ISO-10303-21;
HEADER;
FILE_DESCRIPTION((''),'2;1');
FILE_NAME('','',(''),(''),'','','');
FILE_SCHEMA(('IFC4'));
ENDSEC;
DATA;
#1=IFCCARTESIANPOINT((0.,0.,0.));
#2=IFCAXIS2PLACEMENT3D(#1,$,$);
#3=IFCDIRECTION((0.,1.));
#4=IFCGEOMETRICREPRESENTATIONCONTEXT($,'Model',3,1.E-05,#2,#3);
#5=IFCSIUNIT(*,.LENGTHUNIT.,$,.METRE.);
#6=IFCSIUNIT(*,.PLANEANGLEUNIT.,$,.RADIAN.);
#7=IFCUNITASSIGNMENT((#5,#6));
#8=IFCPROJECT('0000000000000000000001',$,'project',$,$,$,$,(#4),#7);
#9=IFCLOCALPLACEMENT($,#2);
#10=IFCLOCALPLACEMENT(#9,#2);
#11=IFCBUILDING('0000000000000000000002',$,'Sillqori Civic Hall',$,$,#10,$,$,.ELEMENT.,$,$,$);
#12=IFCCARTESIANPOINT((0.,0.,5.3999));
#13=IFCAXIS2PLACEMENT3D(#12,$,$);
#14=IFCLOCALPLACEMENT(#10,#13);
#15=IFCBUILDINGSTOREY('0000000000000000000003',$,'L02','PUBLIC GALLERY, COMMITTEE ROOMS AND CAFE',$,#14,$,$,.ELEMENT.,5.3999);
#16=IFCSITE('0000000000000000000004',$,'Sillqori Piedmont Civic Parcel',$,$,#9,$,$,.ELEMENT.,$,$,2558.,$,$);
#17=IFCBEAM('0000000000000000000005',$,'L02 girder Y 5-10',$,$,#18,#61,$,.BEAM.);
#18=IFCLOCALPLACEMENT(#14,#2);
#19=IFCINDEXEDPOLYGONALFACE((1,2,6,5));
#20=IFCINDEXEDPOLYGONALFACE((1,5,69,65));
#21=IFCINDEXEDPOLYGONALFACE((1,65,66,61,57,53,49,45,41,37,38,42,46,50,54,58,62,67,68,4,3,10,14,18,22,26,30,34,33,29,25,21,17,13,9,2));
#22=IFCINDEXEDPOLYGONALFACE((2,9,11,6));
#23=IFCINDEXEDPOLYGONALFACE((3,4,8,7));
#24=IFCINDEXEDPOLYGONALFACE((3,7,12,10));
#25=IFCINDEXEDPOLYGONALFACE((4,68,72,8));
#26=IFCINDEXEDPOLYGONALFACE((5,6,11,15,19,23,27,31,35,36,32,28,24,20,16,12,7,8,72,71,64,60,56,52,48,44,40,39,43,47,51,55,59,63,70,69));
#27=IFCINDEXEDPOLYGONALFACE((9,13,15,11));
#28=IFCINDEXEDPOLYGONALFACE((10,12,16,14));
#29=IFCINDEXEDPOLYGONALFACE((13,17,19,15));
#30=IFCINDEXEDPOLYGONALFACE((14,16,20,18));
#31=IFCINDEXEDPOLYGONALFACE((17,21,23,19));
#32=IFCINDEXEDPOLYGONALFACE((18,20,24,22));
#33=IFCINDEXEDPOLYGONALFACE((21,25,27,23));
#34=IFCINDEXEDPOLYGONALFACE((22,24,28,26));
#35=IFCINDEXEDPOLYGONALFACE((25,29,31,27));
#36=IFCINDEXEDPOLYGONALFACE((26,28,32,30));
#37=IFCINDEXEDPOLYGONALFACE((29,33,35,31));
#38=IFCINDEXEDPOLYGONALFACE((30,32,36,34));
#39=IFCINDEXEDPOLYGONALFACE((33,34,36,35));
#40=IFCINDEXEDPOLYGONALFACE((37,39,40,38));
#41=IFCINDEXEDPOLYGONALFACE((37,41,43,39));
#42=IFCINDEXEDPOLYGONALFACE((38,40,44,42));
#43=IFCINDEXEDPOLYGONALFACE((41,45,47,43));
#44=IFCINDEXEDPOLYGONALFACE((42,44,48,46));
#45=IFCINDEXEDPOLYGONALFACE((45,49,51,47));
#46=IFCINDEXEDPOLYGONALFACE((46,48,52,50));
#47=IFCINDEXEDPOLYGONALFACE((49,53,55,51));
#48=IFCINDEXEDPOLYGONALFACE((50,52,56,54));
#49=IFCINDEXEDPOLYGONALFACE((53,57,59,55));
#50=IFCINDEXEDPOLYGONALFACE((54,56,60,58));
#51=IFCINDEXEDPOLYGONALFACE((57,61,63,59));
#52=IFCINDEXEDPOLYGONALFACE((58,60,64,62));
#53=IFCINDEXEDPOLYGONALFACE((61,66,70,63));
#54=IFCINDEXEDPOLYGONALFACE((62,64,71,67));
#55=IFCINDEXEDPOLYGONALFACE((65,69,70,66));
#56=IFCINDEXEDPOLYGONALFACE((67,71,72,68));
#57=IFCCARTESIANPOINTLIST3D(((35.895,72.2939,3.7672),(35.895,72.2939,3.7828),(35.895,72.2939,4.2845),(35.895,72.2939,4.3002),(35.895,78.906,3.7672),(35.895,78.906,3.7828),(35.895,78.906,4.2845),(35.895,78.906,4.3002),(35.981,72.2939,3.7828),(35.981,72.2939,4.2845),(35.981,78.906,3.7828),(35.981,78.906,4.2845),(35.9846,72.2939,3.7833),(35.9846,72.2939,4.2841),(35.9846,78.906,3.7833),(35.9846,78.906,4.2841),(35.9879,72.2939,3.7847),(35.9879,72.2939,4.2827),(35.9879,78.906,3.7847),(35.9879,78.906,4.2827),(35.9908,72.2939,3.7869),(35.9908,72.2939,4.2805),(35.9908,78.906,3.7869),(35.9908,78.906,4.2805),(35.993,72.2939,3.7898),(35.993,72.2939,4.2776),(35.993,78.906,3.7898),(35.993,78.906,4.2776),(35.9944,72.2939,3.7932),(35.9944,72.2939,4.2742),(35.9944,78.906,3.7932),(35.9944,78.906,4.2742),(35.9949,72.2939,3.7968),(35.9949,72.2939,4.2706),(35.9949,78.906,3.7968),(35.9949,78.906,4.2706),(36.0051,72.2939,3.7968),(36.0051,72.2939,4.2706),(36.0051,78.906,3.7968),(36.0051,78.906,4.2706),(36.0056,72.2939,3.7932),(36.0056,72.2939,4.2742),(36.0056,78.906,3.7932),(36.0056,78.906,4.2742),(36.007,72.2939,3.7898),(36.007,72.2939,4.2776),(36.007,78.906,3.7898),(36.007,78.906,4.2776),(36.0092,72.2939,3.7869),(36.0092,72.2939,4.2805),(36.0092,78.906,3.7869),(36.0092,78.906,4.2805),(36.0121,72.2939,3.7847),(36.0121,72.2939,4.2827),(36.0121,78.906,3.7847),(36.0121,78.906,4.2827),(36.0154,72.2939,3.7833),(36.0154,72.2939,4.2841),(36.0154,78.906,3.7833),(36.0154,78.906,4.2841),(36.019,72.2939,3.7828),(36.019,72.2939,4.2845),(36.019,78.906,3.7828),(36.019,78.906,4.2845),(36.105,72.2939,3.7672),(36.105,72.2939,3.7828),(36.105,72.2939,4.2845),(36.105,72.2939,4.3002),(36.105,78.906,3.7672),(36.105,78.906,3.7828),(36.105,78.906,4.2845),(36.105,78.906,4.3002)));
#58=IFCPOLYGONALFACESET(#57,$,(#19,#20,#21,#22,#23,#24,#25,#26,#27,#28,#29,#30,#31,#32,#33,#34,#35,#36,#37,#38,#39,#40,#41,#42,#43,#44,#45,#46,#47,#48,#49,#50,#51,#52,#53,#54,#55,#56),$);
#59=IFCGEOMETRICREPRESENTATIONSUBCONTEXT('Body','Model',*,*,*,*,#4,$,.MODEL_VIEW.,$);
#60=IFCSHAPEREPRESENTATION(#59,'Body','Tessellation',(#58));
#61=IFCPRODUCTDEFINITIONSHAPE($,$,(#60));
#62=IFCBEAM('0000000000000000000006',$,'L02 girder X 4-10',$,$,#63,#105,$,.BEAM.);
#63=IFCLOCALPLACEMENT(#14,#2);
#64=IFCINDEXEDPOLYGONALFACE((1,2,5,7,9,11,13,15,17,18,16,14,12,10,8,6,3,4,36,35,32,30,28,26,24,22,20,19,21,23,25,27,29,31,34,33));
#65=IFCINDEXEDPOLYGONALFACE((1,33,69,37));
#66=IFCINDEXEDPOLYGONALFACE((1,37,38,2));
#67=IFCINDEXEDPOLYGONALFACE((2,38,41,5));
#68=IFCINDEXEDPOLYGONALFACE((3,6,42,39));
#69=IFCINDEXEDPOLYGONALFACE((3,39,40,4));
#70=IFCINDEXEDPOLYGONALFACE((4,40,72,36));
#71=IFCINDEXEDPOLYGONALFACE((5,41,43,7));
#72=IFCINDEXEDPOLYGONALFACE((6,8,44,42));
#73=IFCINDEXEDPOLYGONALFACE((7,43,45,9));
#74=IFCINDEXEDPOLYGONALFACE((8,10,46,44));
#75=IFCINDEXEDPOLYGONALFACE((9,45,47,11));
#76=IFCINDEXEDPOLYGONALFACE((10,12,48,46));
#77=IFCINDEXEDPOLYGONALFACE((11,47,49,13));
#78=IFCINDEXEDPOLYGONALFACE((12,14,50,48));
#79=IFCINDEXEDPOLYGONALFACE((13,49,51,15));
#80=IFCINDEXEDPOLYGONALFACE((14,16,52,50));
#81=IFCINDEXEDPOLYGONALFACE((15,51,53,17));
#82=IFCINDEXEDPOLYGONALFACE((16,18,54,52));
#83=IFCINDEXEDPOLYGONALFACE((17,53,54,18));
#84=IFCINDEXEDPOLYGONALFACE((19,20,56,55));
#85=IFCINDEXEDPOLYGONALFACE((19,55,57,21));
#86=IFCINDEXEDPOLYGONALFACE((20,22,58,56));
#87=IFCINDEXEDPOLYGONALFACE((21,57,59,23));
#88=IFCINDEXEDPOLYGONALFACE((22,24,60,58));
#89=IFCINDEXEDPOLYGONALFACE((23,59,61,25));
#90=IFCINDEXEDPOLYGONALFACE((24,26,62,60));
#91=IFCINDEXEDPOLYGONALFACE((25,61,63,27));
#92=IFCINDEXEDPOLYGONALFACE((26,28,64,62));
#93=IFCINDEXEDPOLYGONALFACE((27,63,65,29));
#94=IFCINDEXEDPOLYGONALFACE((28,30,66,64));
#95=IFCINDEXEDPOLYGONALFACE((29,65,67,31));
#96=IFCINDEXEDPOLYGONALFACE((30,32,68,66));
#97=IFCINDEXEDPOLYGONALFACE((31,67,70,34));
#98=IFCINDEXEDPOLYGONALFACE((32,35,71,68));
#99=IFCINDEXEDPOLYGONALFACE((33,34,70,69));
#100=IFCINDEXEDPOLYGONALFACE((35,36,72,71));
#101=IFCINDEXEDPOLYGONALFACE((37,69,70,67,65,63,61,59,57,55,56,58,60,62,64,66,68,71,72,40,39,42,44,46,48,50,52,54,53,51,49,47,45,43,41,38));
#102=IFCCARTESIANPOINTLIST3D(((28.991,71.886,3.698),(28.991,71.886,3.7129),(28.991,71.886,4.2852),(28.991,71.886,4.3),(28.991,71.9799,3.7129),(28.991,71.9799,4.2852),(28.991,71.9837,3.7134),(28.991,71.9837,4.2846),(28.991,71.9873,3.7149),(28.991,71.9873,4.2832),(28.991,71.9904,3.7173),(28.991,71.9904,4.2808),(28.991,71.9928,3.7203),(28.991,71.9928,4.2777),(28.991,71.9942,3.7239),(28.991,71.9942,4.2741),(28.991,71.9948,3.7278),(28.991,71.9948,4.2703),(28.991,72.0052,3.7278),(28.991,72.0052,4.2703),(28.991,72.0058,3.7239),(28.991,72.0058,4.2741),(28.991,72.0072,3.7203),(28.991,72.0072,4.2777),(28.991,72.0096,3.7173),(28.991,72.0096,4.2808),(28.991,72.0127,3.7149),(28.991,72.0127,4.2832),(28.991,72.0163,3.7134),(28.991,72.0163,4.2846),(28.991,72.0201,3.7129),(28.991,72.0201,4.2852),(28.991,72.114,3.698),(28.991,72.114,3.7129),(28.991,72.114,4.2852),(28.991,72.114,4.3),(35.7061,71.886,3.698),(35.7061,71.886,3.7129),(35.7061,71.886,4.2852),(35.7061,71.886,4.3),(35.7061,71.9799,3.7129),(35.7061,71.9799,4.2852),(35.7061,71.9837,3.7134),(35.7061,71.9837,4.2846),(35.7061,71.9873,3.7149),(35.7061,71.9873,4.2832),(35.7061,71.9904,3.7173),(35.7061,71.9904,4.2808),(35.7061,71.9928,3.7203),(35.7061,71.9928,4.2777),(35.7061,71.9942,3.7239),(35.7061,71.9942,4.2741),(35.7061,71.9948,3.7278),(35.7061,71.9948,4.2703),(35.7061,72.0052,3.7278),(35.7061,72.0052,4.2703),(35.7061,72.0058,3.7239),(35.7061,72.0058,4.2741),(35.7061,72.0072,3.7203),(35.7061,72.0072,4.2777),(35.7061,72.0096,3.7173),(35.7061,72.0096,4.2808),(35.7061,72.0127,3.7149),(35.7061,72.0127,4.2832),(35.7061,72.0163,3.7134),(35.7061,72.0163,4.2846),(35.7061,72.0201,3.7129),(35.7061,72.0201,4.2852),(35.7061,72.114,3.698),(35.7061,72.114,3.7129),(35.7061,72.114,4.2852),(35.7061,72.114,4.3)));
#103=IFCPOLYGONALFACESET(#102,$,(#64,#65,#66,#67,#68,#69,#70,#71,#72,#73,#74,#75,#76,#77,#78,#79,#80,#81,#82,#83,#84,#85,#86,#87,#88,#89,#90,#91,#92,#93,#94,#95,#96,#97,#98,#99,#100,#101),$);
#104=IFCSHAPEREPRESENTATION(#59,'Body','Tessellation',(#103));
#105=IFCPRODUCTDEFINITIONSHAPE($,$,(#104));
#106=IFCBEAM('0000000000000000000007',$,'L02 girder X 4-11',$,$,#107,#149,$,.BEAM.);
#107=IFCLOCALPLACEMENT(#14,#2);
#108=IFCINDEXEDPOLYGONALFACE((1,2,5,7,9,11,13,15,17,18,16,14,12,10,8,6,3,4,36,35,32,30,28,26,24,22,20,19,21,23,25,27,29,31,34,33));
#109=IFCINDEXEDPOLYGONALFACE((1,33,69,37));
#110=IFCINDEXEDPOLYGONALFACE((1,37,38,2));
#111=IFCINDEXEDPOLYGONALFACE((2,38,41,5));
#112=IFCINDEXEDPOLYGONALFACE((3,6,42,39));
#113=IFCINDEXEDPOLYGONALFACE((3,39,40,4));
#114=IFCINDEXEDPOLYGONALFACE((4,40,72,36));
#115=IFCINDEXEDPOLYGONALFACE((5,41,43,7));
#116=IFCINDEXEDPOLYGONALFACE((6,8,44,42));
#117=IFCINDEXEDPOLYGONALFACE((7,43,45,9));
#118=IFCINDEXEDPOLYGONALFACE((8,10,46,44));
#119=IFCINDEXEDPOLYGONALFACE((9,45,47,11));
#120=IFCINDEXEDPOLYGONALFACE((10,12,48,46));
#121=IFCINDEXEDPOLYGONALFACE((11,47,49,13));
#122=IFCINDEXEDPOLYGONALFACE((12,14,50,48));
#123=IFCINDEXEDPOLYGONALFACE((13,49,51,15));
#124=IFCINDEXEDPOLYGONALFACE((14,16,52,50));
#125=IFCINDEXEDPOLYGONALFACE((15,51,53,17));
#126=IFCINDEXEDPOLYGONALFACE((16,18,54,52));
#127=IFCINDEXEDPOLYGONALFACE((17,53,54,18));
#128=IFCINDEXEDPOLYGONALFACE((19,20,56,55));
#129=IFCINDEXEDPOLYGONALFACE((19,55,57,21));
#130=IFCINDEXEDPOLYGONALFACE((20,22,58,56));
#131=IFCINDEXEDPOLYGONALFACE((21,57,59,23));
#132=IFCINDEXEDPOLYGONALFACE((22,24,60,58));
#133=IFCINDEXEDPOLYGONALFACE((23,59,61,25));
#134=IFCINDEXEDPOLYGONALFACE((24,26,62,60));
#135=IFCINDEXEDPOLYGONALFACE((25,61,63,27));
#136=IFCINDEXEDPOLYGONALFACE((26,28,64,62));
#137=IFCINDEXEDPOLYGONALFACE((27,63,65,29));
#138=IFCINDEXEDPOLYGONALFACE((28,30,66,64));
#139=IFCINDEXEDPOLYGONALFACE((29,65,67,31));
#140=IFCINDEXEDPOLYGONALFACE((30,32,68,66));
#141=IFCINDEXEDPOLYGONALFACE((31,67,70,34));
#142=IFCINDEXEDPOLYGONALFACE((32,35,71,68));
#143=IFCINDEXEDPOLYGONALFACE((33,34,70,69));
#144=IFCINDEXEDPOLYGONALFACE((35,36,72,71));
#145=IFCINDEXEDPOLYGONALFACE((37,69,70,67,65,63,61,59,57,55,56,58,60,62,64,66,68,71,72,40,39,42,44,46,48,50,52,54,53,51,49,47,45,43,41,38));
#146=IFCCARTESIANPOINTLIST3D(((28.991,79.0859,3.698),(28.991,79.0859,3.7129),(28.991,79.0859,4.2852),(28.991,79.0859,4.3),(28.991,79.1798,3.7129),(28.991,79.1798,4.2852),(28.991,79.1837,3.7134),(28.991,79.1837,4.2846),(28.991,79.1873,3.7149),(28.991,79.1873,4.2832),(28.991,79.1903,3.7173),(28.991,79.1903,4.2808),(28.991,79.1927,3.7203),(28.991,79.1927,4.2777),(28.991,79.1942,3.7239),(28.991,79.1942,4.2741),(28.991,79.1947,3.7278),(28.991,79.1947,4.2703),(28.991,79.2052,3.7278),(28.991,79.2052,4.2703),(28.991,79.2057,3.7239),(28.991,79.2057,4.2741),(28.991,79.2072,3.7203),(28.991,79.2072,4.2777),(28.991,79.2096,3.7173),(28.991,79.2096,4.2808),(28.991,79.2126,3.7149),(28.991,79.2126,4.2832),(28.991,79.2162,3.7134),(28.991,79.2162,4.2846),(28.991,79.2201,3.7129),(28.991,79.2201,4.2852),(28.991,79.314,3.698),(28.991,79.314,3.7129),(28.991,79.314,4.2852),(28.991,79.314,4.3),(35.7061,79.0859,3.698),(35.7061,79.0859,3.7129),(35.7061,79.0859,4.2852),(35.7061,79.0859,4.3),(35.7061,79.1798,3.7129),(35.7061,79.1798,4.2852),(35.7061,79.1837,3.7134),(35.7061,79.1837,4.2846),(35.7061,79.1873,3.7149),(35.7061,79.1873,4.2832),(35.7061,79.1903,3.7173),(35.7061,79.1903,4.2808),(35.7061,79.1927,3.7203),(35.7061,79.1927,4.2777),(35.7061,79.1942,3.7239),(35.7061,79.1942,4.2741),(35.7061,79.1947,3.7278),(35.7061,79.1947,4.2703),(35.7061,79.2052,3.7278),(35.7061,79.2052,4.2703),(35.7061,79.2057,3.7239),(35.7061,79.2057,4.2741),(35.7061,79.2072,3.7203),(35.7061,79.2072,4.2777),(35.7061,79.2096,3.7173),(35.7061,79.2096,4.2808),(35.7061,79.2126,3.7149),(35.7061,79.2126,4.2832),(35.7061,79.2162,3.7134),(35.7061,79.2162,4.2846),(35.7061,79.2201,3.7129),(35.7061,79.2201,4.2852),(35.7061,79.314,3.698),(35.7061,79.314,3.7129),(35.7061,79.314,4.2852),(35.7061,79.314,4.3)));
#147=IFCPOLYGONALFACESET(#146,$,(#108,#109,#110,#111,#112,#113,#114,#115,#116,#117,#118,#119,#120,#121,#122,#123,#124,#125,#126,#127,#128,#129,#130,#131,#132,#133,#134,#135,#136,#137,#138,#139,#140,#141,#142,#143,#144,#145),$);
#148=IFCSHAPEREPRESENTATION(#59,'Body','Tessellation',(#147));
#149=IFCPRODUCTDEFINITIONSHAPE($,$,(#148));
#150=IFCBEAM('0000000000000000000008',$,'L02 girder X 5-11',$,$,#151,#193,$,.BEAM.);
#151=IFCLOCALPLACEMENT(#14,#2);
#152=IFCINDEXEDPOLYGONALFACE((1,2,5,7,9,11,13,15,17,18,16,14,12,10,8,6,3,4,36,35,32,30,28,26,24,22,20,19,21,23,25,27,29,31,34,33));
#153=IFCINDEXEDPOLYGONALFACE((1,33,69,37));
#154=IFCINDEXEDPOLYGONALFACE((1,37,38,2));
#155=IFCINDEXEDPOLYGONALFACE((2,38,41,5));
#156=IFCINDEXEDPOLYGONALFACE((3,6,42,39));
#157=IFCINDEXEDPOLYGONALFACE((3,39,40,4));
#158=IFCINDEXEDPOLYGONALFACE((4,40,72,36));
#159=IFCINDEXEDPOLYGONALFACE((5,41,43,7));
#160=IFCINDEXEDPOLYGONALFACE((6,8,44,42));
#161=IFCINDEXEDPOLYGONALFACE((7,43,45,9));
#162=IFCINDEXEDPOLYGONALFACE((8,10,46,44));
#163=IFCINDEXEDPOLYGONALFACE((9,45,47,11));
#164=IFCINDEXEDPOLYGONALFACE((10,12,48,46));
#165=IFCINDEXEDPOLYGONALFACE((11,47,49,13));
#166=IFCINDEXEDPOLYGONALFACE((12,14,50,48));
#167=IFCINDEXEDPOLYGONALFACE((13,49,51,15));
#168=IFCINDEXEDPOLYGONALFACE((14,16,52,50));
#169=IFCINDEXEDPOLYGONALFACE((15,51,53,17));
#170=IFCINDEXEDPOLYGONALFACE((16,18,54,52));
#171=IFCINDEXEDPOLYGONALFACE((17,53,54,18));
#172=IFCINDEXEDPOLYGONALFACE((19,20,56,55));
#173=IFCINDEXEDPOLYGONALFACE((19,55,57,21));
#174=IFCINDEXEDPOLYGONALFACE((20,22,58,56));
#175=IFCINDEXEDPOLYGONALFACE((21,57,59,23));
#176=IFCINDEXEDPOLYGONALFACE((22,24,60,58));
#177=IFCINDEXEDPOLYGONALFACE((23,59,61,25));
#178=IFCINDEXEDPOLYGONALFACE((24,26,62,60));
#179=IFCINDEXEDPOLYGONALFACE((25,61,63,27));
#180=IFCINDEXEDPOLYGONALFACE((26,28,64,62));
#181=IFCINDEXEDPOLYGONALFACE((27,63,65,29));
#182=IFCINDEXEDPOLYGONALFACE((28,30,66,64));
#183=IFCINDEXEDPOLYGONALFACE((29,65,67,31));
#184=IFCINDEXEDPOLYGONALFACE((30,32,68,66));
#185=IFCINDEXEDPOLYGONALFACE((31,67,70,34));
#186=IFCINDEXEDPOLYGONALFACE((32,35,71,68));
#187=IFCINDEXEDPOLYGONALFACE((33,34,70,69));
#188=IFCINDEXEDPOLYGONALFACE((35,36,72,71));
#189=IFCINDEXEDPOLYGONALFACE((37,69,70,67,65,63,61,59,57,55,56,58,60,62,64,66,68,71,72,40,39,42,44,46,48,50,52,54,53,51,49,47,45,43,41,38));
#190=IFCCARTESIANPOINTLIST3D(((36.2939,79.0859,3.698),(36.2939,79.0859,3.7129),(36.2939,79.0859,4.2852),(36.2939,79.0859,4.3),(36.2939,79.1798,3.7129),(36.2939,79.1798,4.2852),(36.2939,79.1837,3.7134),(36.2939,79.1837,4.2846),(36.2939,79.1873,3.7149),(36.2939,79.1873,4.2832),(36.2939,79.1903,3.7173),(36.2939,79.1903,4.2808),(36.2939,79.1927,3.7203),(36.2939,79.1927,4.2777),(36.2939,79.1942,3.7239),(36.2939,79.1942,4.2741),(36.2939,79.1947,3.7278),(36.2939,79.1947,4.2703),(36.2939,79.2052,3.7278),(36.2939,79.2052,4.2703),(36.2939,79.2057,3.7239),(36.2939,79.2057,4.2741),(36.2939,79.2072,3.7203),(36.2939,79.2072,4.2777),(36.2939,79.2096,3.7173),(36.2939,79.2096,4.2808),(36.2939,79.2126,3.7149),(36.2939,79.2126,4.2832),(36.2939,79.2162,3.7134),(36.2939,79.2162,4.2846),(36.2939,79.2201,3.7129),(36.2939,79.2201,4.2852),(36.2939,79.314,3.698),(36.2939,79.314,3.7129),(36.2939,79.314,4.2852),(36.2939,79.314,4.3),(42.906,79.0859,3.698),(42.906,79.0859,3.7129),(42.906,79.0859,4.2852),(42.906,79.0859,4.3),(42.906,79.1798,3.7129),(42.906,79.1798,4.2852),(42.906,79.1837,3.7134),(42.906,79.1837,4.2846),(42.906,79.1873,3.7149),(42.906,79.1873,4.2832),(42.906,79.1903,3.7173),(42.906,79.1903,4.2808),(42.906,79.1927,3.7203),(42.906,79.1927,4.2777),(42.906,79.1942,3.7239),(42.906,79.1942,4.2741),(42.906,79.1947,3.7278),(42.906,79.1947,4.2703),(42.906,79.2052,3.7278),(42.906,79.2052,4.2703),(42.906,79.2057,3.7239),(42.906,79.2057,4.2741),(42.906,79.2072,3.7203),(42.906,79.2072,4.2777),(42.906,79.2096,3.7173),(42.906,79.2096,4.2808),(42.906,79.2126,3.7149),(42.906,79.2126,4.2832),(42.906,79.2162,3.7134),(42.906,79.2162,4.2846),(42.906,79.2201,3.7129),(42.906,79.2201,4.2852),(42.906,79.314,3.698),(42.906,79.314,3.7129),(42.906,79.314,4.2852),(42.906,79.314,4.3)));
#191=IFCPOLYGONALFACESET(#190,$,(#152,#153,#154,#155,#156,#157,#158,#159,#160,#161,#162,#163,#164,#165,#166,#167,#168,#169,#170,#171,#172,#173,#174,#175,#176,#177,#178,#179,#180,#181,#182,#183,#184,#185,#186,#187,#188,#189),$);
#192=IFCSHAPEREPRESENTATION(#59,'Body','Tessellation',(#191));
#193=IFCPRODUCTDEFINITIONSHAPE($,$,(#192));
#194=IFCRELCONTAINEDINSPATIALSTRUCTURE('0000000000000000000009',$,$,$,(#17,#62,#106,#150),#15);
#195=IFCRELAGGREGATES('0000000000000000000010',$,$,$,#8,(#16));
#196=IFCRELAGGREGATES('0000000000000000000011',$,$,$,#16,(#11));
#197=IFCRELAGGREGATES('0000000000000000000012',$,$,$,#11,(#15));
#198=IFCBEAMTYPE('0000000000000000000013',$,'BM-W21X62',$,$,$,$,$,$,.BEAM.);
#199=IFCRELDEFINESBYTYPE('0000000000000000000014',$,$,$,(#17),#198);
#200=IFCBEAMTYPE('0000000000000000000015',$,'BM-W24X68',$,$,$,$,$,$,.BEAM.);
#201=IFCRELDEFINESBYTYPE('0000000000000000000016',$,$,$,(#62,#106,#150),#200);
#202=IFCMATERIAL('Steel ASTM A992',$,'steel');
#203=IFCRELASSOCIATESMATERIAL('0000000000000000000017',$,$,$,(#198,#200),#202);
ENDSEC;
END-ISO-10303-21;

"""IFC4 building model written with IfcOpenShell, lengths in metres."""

from ifc_helpers import new_model, si_unit, direction, frame, origin, origin_2d, place, context, subcontext, project, spatial, i_section, extrude, material, material_profile, profile_set, type_object, element, save


model = new_model("IFC4")

# Units and contexts
model_context = context("Model", 3, precision=1e-05, world=origin(), true_north=direction((0.0, 1.0)))
body_context = subcontext(model_context, "Body", "Model", "MODEL_VIEW")
ifc_project = project(units=[si_unit("LENGTHUNIT", "METRE"), si_unit("PLANEANGLEUNIT", "RADIAN")], contexts=[model_context])

# Site, building, storey
site_placement = place(None, origin())
site = spatial("IfcSite", under=ifc_project, at=site_placement, Name="Sillqori Piedmont Civic Parcel", CompositionType="ELEMENT", RefElevation=2558.0)
building_placement = place(site_placement, origin())
building = spatial("IfcBuilding", under=site, at=building_placement, Name="Sillqori Civic Hall", CompositionType="ELEMENT")
storey_placement = place(building_placement, frame((0.0, 0.0, 5.3999)))
storey = spatial("IfcBuildingStorey", under=building, at=storey_placement, Name="L02", Description="PUBLIC GALLERY, COMMITTEE ROOMS AND CAFE", CompositionType="ELEMENT", Elevation=5.3999)

# Shared definitions
ifc_material_1 = material(Name="Steel ASTM A992", Category="steel")

# Beams
ifc_material_profile_1 = material_profile(ifc_material_1, i_section(OverallWidth=0.21, OverallDepth=0.533, WebThickness=0.0103, FlangeThickness=0.0156, FilletRadius=0.0139, at=origin_2d()), Name="W21X62")
ifc_profile_set_1 = profile_set([ifc_material_profile_1], Name="Steel ASTM A992")
beam_type_1 = type_object("IfcBeamType", Name="BM-W21X62", PredefinedType="BEAM", material=ifc_profile_set_1)
beam_1_placement = place(storey_placement, frame((36.0, 72.2939, 4.0337), z_axis=(0.0, 1.0, 0.0), x_axis=(-1.0, 0.0, 0.0)))
element("IfcBeam", 1, at=beam_1_placement, inside=storey, type_object=beam_type_1, Name="L02 girder Y 5-10", PredefinedType="BEAM", context=body_context, shape_type="SweptSolid", body=[
    extrude(i_section(OverallWidth=0.21, OverallDepth=0.533, WebThickness=0.0103, FlangeThickness=0.0156, FilletRadius=0.0139, at=origin_2d()), origin(), (0.0, 0.0, 1.0), 6.6121),
])
ifc_material_profile_2 = material_profile(ifc_material_1, i_section(OverallWidth=0.228, OverallDepth=0.6021, WebThickness=0.0105, FlangeThickness=0.0149, FilletRadius=0.0149, at=origin_2d()), Name="W24X68")
ifc_profile_set_2 = profile_set([ifc_material_profile_2], Name="Steel ASTM A992")
beam_type_2 = type_object("IfcBeamType", Name="BM-W24X68", PredefinedType="BEAM", material=ifc_profile_set_2)
for number, where, z_axis, x_axis, name in (
    (2, (28.991, 72.0, 3.999), (1.0, 0.0, 0.0), (0.0, 1.0, 0.0), "L02 girder X 4-10"),
    (3, (28.991, 79.2, 3.999), (1.0, 0.0, 0.0), (0.0, 1.0, 0.0), "L02 girder X 4-11"),
):
    element("IfcBeam", number, at=place(storey_placement, frame(where, z_axis=z_axis, x_axis=x_axis)), inside=storey, type_object=beam_type_2, Name=name, PredefinedType="BEAM", context=body_context, shape_type="SweptSolid", body=[
        extrude(i_section(OverallWidth=0.228, OverallDepth=0.6021, WebThickness=0.0105, FlangeThickness=0.0149, FilletRadius=0.0149, at=origin_2d()), origin(), (0.0, 0.0, 1.0), 6.7151),
    ])
beam_2_placement = place(storey_placement, frame((36.2939, 79.2, 3.999), z_axis=(1.0, 0.0, 0.0), x_axis=(0.0, 1.0, 0.0)))
element("IfcBeam", 4, at=beam_2_placement, inside=storey, type_object=beam_type_2, Name="L02 girder X 5-11", PredefinedType="BEAM", context=body_context, shape_type="SweptSolid", body=[
    extrude(i_section(OverallWidth=0.228, OverallDepth=0.6021, WebThickness=0.0105, FlangeThickness=0.0149, FilletRadius=0.0149, at=origin_2d()), origin(), (0.0, 0.0, 1.0), 6.6121),
])

save(model, "model.ifc")
